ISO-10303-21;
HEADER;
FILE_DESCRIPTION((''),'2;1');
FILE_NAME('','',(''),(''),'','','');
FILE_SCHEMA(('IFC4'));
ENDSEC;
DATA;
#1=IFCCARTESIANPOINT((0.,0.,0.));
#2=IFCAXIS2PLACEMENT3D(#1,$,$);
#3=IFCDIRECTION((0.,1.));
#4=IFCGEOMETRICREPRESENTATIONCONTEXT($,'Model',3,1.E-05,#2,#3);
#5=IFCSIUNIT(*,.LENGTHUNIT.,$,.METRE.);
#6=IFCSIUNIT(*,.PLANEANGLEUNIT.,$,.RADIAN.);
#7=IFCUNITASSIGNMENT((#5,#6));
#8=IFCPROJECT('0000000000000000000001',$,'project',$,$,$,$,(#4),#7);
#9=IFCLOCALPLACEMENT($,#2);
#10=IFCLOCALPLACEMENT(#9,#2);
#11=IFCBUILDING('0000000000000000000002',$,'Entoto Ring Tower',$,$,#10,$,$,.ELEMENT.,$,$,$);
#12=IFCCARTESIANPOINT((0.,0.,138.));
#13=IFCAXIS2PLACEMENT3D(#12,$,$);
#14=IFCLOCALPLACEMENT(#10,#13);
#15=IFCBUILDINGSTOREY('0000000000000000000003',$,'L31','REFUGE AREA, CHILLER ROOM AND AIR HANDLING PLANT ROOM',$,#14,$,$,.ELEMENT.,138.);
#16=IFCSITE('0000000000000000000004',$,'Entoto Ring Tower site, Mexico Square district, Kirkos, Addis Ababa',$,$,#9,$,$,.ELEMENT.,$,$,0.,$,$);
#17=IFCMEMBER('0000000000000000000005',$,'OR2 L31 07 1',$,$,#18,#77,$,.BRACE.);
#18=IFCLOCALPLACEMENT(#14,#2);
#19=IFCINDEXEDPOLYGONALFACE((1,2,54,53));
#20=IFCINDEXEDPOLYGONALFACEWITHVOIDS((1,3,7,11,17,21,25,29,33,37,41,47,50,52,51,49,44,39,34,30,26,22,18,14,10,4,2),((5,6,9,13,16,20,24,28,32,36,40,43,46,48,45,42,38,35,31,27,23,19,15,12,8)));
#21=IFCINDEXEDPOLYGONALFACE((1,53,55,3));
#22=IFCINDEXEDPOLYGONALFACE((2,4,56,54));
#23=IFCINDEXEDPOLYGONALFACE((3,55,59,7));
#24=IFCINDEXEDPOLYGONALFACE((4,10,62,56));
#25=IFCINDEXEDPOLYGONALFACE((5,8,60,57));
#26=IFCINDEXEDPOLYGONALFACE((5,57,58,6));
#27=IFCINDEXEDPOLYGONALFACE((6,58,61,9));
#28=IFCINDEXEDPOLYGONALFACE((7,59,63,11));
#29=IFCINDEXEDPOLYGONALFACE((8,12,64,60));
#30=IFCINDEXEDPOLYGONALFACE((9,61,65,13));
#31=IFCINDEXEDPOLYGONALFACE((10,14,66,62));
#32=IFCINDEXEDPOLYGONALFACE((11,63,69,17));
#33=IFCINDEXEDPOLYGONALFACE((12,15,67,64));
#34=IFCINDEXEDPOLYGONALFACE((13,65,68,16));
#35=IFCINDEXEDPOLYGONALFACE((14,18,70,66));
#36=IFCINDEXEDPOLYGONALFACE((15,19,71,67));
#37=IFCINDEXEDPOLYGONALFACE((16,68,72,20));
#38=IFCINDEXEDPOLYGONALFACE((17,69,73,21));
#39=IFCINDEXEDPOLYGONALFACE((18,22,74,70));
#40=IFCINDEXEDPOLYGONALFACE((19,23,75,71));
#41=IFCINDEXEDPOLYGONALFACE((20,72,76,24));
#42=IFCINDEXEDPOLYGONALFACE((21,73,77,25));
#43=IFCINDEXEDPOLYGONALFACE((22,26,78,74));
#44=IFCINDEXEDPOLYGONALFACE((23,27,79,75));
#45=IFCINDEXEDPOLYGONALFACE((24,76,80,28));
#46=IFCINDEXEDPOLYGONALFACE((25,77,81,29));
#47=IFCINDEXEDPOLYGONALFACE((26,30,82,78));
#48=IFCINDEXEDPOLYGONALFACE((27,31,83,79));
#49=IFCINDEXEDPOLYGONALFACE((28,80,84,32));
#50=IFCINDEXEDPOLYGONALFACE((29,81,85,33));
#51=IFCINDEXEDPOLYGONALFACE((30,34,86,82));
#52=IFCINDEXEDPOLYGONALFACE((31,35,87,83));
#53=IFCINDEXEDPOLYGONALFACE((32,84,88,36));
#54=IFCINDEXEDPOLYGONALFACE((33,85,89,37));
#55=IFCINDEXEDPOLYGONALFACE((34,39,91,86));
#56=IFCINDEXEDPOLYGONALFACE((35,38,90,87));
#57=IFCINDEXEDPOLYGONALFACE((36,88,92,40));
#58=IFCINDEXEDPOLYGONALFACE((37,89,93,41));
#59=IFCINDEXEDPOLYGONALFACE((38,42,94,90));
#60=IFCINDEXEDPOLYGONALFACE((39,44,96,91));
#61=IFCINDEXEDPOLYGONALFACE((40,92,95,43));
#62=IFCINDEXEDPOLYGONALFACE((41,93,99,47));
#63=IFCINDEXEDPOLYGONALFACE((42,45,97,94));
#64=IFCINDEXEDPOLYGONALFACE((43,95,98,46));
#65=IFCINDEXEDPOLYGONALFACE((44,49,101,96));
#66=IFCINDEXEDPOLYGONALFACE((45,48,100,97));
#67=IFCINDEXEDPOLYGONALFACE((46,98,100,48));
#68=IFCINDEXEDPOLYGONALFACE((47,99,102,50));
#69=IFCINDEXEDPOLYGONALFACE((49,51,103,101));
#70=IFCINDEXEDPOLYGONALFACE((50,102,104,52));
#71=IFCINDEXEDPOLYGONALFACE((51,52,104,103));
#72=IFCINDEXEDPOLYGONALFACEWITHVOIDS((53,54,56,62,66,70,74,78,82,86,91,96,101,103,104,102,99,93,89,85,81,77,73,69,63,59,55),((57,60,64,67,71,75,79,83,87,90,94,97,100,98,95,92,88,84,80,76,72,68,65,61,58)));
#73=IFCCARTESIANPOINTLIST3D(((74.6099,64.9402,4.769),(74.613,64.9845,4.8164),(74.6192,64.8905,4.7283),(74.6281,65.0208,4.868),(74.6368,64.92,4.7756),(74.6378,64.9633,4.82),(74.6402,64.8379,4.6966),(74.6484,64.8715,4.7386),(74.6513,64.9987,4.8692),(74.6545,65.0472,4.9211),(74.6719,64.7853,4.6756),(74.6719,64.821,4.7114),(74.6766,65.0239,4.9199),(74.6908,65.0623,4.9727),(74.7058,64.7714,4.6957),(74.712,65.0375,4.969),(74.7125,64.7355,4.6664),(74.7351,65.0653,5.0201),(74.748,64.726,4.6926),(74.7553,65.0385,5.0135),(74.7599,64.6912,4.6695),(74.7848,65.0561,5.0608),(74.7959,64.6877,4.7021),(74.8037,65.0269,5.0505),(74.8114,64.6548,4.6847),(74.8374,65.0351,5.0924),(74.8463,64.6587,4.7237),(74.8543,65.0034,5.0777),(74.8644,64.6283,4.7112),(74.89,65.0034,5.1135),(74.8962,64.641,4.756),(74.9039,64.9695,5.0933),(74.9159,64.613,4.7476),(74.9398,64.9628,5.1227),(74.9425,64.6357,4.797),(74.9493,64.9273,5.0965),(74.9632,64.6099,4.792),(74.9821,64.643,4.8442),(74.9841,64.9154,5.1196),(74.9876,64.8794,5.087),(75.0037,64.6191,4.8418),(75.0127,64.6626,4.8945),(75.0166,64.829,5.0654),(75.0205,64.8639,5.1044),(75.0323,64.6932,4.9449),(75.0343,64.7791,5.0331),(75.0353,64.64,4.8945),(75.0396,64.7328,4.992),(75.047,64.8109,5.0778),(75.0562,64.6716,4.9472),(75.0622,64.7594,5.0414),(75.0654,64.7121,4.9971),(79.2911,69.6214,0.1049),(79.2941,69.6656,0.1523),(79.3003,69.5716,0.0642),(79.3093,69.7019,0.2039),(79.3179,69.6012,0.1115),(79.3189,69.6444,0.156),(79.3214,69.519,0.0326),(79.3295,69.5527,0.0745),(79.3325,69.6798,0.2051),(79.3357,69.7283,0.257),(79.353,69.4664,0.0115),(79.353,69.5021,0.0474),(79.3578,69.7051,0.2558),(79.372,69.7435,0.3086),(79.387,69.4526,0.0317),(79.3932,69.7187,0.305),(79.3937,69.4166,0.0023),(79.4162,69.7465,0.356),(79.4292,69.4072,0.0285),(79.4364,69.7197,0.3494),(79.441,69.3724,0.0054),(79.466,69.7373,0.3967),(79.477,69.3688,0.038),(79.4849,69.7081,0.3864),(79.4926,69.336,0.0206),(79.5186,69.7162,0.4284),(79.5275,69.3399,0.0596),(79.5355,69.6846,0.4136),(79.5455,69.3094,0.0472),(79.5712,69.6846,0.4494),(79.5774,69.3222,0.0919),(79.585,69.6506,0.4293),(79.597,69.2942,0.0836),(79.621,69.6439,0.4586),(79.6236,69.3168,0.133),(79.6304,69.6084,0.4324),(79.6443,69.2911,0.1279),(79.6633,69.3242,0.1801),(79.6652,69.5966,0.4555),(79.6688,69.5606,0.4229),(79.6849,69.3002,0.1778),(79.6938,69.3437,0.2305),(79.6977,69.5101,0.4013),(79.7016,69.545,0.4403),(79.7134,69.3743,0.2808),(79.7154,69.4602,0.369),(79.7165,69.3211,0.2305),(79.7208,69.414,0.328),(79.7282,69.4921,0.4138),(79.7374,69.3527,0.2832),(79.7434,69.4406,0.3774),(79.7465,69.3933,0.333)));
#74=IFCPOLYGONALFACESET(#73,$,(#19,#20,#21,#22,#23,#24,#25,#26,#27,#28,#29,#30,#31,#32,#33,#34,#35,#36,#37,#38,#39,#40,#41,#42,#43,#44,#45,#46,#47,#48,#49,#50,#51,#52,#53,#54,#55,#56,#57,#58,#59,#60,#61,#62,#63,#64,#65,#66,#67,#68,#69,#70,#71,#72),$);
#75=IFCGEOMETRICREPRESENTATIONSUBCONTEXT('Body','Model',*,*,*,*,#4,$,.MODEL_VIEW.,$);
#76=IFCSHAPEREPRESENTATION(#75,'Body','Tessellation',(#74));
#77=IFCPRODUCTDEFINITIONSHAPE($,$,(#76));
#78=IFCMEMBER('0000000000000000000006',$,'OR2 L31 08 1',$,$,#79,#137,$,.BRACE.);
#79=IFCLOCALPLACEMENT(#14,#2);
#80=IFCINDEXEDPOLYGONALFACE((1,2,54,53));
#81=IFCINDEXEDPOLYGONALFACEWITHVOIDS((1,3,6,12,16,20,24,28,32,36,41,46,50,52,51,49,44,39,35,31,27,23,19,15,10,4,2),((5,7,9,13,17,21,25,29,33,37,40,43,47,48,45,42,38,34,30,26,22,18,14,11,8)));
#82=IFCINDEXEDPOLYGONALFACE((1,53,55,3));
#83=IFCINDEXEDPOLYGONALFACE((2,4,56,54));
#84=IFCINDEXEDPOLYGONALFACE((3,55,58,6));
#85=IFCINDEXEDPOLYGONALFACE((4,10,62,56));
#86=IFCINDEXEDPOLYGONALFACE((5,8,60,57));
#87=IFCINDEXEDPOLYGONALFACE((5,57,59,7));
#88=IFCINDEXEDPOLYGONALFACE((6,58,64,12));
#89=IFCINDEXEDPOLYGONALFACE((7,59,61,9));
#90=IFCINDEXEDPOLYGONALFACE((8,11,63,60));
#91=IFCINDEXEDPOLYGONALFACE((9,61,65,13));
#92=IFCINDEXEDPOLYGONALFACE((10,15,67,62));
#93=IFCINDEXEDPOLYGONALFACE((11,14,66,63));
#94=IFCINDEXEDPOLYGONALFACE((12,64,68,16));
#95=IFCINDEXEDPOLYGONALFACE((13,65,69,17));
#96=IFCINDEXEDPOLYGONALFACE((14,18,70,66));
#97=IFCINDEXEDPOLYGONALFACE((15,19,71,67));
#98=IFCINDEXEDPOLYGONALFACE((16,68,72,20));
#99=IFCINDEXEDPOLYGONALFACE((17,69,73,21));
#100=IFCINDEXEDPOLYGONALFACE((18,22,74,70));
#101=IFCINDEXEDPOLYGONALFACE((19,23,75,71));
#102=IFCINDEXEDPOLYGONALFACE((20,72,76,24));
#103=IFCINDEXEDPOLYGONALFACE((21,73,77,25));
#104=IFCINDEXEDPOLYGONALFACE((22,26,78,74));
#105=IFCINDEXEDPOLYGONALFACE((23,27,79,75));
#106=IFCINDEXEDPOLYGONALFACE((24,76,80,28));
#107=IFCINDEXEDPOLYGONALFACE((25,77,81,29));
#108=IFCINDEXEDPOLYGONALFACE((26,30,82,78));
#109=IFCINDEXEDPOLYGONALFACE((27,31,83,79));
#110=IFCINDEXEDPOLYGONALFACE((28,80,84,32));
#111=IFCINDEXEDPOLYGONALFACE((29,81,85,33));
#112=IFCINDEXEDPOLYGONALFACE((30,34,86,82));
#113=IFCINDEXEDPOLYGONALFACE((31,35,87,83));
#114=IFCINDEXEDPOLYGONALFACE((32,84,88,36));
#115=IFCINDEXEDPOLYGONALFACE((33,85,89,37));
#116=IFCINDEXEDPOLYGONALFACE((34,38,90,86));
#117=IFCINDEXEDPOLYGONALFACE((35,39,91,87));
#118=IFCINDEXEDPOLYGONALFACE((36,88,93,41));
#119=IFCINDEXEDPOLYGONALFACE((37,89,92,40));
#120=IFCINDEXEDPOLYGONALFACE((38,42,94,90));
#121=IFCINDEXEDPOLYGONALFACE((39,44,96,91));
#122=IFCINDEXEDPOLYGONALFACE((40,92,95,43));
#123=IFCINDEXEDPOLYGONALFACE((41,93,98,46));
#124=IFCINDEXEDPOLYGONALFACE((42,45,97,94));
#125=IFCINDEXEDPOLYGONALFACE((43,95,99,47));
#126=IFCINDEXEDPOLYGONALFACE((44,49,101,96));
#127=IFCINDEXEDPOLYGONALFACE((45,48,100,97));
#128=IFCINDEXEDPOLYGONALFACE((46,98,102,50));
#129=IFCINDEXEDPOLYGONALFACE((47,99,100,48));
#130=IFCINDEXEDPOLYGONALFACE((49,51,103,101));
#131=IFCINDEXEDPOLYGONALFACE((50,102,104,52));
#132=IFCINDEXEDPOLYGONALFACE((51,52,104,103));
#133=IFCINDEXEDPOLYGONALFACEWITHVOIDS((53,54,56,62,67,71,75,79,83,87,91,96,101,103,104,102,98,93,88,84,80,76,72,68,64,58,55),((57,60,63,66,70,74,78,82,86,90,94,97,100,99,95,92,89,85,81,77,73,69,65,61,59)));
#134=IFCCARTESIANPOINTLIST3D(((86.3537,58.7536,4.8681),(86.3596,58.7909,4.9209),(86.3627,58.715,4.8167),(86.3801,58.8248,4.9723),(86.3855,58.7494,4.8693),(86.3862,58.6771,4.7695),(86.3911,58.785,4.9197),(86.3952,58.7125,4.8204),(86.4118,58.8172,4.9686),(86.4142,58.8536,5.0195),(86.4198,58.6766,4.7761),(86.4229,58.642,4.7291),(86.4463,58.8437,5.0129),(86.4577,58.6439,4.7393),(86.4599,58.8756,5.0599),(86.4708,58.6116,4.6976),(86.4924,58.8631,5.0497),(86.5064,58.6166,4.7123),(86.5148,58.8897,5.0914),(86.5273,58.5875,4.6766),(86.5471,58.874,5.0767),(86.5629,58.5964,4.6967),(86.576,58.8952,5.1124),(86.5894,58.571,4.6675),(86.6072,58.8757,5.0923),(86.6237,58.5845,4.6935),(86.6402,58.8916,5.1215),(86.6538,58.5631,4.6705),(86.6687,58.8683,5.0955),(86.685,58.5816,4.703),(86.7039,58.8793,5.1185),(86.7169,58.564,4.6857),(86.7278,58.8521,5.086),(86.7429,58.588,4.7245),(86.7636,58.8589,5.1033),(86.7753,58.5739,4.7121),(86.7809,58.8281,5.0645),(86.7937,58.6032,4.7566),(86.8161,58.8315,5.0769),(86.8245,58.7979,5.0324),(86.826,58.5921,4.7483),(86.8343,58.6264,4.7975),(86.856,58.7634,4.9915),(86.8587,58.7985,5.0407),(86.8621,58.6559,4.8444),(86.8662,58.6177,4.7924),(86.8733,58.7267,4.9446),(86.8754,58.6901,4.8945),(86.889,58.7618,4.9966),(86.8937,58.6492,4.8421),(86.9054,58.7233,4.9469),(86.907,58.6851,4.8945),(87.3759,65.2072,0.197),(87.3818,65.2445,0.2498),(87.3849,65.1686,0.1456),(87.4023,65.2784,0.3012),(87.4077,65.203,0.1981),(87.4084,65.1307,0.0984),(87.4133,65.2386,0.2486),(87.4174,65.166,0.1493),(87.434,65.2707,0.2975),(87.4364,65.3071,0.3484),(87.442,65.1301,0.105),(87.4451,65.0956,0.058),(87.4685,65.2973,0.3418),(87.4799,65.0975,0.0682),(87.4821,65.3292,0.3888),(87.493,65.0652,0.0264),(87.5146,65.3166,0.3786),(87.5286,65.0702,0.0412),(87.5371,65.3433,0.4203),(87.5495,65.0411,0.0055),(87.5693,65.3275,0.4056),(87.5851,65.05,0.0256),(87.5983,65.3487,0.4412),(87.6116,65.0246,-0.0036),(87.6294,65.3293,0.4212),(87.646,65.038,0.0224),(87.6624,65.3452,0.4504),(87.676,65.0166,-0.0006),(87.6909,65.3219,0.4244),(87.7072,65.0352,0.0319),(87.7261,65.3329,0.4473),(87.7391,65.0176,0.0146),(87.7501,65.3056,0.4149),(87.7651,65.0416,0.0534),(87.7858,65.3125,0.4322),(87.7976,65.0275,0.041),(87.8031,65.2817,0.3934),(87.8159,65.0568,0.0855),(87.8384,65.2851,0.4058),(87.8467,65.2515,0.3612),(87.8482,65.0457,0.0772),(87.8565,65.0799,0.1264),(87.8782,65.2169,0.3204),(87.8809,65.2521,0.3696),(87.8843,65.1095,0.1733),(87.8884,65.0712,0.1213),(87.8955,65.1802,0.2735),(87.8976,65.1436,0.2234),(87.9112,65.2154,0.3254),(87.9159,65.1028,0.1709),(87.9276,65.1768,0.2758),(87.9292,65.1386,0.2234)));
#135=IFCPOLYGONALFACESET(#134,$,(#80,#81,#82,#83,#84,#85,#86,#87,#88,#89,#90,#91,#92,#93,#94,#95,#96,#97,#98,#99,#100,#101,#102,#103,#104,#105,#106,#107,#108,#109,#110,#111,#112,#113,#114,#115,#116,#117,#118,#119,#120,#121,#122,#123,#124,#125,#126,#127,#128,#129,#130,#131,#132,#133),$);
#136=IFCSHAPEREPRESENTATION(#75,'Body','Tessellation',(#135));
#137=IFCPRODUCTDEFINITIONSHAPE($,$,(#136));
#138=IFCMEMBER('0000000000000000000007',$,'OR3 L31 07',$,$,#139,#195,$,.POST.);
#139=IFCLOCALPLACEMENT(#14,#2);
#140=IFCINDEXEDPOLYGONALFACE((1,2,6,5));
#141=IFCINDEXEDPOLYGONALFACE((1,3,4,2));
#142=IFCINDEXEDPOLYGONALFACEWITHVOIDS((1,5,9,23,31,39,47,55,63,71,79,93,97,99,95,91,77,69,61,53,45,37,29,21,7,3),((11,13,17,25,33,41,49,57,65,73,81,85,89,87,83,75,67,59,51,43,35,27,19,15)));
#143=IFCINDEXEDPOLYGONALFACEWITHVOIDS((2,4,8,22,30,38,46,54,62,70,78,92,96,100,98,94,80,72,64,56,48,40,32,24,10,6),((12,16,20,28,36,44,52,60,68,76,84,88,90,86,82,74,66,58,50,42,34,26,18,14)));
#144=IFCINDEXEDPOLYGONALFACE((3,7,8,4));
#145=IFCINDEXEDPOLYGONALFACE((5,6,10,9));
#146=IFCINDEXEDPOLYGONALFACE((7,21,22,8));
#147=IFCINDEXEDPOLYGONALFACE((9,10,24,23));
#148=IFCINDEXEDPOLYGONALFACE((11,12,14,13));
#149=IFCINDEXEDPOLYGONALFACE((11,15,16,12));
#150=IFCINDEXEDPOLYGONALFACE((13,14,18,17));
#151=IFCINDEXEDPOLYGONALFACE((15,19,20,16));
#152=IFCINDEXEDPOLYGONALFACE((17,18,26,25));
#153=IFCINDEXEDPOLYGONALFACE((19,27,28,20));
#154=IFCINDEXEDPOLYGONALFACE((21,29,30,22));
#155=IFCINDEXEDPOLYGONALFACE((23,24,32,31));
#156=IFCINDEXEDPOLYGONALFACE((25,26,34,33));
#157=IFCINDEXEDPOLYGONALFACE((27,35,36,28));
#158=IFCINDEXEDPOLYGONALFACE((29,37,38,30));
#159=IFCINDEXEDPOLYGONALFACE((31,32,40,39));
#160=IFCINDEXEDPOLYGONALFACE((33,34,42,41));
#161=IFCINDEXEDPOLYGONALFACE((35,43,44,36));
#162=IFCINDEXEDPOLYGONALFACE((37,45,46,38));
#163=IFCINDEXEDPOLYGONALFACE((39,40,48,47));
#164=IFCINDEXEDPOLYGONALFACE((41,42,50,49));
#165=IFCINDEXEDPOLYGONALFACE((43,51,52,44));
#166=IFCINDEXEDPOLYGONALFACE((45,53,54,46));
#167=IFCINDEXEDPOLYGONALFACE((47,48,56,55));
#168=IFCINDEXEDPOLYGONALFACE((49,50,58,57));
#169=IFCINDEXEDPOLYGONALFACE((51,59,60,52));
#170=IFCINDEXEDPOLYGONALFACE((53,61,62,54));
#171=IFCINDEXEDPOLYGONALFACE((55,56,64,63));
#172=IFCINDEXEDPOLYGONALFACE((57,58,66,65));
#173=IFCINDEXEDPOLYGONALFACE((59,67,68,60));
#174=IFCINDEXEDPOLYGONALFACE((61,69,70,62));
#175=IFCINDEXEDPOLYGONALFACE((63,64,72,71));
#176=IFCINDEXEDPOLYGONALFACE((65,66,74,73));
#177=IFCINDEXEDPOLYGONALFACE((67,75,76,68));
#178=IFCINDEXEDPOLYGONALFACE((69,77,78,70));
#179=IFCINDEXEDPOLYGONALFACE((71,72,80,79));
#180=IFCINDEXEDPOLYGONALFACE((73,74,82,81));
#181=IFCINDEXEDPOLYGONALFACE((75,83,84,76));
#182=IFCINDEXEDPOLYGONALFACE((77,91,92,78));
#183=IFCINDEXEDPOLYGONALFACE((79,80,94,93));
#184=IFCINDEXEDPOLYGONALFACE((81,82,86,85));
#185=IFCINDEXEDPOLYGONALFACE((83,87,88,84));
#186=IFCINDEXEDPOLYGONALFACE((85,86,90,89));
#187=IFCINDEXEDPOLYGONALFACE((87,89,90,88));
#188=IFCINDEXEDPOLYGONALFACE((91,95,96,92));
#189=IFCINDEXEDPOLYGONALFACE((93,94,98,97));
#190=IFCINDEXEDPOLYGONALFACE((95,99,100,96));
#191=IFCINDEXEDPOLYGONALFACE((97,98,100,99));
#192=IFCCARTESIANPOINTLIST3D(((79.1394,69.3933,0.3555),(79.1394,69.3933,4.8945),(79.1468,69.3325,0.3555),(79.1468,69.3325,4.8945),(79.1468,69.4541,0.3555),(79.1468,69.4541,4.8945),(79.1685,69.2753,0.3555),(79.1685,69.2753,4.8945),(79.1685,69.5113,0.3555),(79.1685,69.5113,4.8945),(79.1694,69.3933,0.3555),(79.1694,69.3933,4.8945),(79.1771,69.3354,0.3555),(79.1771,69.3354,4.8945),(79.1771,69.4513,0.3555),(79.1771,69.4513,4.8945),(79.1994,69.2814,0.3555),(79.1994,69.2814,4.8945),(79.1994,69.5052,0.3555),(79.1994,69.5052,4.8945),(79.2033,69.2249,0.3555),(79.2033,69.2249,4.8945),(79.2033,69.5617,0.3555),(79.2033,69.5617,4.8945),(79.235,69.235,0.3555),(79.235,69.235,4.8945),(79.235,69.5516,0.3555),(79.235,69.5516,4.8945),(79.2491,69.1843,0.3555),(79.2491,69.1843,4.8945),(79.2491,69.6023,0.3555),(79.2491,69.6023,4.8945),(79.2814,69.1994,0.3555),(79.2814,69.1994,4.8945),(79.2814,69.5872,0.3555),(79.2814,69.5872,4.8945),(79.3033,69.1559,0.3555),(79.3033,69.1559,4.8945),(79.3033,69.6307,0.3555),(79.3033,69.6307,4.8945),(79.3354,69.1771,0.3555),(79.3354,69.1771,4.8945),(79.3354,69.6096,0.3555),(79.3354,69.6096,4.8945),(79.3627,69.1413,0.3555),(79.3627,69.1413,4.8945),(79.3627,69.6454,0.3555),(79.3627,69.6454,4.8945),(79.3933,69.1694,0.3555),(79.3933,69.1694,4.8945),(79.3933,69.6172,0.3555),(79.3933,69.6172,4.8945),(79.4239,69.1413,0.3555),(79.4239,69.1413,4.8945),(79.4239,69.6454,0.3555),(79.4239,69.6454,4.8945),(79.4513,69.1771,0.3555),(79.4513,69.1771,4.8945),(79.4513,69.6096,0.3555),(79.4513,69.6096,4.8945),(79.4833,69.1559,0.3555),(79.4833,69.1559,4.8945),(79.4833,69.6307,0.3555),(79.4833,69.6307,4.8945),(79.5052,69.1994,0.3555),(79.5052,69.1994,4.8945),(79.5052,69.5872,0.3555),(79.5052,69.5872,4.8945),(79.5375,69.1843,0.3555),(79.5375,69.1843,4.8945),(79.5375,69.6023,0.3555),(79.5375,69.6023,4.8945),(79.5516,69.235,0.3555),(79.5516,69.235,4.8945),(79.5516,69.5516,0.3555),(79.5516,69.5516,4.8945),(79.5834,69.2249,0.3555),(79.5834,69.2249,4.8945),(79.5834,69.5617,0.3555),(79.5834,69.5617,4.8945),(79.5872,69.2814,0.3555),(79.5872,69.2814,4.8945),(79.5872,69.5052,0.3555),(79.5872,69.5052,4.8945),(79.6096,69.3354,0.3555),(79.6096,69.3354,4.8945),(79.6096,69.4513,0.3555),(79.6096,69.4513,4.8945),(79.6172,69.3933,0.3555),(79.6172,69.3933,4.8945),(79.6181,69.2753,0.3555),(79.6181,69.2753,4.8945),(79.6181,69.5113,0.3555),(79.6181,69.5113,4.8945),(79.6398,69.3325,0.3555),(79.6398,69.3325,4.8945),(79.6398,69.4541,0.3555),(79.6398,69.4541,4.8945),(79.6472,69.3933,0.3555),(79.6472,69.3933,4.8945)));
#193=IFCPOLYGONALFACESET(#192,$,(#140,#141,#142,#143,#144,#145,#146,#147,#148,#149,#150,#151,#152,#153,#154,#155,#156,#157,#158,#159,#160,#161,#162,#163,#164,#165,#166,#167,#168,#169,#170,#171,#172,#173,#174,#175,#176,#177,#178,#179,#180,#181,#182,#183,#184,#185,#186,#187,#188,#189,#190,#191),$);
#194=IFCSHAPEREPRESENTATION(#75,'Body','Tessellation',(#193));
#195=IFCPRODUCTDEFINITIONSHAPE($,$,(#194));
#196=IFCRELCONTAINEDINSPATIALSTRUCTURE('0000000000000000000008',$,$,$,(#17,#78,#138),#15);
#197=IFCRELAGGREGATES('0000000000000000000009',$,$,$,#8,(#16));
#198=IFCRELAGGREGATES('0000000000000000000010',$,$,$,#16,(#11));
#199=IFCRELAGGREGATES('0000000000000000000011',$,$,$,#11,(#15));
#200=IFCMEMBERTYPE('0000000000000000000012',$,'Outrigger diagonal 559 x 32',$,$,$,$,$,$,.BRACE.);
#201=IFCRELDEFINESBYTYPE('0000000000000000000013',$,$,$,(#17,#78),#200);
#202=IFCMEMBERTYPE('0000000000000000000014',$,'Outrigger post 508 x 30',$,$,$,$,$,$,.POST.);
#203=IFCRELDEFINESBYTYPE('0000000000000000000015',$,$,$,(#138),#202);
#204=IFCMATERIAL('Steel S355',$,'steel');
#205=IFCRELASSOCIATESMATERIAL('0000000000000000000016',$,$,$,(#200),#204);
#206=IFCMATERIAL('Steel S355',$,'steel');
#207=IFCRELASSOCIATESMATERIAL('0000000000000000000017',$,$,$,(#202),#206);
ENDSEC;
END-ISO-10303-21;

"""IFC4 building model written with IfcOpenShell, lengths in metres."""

from ifc_helpers import new_model, si_unit, direction, frame, origin, origin_2d, place, context, subcontext, project, spatial, circle, hollow_circle, extrude, material, material_profile, profile_set, type_object, element, save


model = new_model("IFC4")

# Units and contexts
model_context = context("Model", 3, precision=1e-05, world=origin(), true_north=direction((0.0, 1.0)))
body_context = subcontext(model_context, "Body", "Model", "MODEL_VIEW")
ifc_project = project(units=[si_unit("LENGTHUNIT", "METRE"), si_unit("PLANEANGLEUNIT", "RADIAN")], contexts=[model_context])

# Site, building, storey
site_placement = place(None, origin())
site = spatial("IfcSite", under=ifc_project, at=site_placement, Name="Entoto Ring Tower site, Mexico Square district, Kirkos, Addis Ababa", CompositionType="ELEMENT", RefElevation=0.0)
building_placement = place(site_placement, origin())
building = spatial("IfcBuilding", under=site, at=building_placement, Name="Entoto Ring Tower", CompositionType="ELEMENT")
storey_placement = place(building_placement, frame((0.0, 0.0, 138.0)))
storey = spatial("IfcBuildingStorey", under=building, at=storey_placement, Name="L31", Description="REFUGE AREA, CHILLER ROOM AND AIR HANDLING PLANT ROOM", CompositionType="ELEMENT", Elevation=138.0)

# Members
ifc_material_1 = material(Name="Steel S355", Category="steel")
ifc_material_profile_1 = material_profile(ifc_material_1, hollow_circle(Radius=0.2795, WallThickness=0.032, at=origin_2d()), Name="CHS 559 x 32")
ifc_material_2 = material(Name="Concrete C60/75", Category="concrete")
ifc_material_profile_2 = material_profile(ifc_material_2, circle(Radius=0.2476, at=origin_2d()), Name="Concrete C60/75 infill")
ifc_profile_set_1 = profile_set([ifc_material_profile_1, ifc_material_profile_2], Name="Steel S355")
member_type_1 = type_object("IfcMemberType", Name="Outrigger diagonal 559 x 32", PredefinedType="BRACE", material=ifc_profile_set_1)
member_1_placement = place(storey_placement, frame((79.5188, 69.5188, 0.2305), z_axis=(-0.578053, -0.578053, 0.575943), x_axis=(0.707107, -0.707107, 0.0)))
element("IfcMember", 1, at=member_1_placement, inside=storey, type_object=member_type_1, Name="OR2 L31 07 1", PredefinedType="BRACE", context=body_context, shape_type="SweptSolid", body=[
    extrude(hollow_circle(Radius=0.2795, WallThickness=0.032, at=origin_2d()), origin(), (0.0, 0.0, 1.0), 8.0981),
])
member_2_placement = place(storey_placement, frame((87.6531, 65.1824, 0.2234), z_axis=(-0.127267, -0.803484, 0.581564), x_axis=(0.987687, -0.156444, 0.0)))
element("IfcMember", 2, at=member_2_placement, inside=storey, type_object=member_type_1, Name="OR2 L31 08 1", PredefinedType="BRACE", context=body_context, shape_type="SweptSolid", body=[
    extrude(hollow_circle(Radius=0.2795, WallThickness=0.032, at=origin_2d()), origin(), (0.0, 0.0, 1.0), 8.032),
])
ifc_material_3 = material(Name="Steel S355", Category="steel")
ifc_material_profile_3 = material_profile(ifc_material_3, hollow_circle(Radius=0.2539, WallThickness=0.03, at=origin_2d()), Name="CHS 508 x 30")
ifc_material_4 = material(Name="Concrete C60/75", Category="concrete")
ifc_material_profile_4 = material_profile(ifc_material_4, circle(Radius=0.2241, at=origin_2d()), Name="Concrete C60/75 infill")
ifc_profile_set_2 = profile_set([ifc_material_profile_3, ifc_material_profile_4], Name="Steel S355")
member_type_2 = type_object("IfcMemberType", Name="Outrigger post 508 x 30", PredefinedType="POST", material=ifc_profile_set_2)
member_3_placement = place(storey_placement, frame((79.3933, 69.3933, 0.3555), z_axis=(0.0, 0.0, 1.0), x_axis=(1.0, 0.0, 0.0)))
element("IfcMember", 3, at=member_3_placement, inside=storey, type_object=member_type_2, Name="OR3 L31 07", PredefinedType="POST", context=body_context, shape_type="SweptSolid", body=[
    extrude(hollow_circle(Radius=0.2539, WallThickness=0.03, at=origin_2d()), origin(), (0.0, 0.0, 1.0), 4.5391),
])

save(model, "model.ifc")
